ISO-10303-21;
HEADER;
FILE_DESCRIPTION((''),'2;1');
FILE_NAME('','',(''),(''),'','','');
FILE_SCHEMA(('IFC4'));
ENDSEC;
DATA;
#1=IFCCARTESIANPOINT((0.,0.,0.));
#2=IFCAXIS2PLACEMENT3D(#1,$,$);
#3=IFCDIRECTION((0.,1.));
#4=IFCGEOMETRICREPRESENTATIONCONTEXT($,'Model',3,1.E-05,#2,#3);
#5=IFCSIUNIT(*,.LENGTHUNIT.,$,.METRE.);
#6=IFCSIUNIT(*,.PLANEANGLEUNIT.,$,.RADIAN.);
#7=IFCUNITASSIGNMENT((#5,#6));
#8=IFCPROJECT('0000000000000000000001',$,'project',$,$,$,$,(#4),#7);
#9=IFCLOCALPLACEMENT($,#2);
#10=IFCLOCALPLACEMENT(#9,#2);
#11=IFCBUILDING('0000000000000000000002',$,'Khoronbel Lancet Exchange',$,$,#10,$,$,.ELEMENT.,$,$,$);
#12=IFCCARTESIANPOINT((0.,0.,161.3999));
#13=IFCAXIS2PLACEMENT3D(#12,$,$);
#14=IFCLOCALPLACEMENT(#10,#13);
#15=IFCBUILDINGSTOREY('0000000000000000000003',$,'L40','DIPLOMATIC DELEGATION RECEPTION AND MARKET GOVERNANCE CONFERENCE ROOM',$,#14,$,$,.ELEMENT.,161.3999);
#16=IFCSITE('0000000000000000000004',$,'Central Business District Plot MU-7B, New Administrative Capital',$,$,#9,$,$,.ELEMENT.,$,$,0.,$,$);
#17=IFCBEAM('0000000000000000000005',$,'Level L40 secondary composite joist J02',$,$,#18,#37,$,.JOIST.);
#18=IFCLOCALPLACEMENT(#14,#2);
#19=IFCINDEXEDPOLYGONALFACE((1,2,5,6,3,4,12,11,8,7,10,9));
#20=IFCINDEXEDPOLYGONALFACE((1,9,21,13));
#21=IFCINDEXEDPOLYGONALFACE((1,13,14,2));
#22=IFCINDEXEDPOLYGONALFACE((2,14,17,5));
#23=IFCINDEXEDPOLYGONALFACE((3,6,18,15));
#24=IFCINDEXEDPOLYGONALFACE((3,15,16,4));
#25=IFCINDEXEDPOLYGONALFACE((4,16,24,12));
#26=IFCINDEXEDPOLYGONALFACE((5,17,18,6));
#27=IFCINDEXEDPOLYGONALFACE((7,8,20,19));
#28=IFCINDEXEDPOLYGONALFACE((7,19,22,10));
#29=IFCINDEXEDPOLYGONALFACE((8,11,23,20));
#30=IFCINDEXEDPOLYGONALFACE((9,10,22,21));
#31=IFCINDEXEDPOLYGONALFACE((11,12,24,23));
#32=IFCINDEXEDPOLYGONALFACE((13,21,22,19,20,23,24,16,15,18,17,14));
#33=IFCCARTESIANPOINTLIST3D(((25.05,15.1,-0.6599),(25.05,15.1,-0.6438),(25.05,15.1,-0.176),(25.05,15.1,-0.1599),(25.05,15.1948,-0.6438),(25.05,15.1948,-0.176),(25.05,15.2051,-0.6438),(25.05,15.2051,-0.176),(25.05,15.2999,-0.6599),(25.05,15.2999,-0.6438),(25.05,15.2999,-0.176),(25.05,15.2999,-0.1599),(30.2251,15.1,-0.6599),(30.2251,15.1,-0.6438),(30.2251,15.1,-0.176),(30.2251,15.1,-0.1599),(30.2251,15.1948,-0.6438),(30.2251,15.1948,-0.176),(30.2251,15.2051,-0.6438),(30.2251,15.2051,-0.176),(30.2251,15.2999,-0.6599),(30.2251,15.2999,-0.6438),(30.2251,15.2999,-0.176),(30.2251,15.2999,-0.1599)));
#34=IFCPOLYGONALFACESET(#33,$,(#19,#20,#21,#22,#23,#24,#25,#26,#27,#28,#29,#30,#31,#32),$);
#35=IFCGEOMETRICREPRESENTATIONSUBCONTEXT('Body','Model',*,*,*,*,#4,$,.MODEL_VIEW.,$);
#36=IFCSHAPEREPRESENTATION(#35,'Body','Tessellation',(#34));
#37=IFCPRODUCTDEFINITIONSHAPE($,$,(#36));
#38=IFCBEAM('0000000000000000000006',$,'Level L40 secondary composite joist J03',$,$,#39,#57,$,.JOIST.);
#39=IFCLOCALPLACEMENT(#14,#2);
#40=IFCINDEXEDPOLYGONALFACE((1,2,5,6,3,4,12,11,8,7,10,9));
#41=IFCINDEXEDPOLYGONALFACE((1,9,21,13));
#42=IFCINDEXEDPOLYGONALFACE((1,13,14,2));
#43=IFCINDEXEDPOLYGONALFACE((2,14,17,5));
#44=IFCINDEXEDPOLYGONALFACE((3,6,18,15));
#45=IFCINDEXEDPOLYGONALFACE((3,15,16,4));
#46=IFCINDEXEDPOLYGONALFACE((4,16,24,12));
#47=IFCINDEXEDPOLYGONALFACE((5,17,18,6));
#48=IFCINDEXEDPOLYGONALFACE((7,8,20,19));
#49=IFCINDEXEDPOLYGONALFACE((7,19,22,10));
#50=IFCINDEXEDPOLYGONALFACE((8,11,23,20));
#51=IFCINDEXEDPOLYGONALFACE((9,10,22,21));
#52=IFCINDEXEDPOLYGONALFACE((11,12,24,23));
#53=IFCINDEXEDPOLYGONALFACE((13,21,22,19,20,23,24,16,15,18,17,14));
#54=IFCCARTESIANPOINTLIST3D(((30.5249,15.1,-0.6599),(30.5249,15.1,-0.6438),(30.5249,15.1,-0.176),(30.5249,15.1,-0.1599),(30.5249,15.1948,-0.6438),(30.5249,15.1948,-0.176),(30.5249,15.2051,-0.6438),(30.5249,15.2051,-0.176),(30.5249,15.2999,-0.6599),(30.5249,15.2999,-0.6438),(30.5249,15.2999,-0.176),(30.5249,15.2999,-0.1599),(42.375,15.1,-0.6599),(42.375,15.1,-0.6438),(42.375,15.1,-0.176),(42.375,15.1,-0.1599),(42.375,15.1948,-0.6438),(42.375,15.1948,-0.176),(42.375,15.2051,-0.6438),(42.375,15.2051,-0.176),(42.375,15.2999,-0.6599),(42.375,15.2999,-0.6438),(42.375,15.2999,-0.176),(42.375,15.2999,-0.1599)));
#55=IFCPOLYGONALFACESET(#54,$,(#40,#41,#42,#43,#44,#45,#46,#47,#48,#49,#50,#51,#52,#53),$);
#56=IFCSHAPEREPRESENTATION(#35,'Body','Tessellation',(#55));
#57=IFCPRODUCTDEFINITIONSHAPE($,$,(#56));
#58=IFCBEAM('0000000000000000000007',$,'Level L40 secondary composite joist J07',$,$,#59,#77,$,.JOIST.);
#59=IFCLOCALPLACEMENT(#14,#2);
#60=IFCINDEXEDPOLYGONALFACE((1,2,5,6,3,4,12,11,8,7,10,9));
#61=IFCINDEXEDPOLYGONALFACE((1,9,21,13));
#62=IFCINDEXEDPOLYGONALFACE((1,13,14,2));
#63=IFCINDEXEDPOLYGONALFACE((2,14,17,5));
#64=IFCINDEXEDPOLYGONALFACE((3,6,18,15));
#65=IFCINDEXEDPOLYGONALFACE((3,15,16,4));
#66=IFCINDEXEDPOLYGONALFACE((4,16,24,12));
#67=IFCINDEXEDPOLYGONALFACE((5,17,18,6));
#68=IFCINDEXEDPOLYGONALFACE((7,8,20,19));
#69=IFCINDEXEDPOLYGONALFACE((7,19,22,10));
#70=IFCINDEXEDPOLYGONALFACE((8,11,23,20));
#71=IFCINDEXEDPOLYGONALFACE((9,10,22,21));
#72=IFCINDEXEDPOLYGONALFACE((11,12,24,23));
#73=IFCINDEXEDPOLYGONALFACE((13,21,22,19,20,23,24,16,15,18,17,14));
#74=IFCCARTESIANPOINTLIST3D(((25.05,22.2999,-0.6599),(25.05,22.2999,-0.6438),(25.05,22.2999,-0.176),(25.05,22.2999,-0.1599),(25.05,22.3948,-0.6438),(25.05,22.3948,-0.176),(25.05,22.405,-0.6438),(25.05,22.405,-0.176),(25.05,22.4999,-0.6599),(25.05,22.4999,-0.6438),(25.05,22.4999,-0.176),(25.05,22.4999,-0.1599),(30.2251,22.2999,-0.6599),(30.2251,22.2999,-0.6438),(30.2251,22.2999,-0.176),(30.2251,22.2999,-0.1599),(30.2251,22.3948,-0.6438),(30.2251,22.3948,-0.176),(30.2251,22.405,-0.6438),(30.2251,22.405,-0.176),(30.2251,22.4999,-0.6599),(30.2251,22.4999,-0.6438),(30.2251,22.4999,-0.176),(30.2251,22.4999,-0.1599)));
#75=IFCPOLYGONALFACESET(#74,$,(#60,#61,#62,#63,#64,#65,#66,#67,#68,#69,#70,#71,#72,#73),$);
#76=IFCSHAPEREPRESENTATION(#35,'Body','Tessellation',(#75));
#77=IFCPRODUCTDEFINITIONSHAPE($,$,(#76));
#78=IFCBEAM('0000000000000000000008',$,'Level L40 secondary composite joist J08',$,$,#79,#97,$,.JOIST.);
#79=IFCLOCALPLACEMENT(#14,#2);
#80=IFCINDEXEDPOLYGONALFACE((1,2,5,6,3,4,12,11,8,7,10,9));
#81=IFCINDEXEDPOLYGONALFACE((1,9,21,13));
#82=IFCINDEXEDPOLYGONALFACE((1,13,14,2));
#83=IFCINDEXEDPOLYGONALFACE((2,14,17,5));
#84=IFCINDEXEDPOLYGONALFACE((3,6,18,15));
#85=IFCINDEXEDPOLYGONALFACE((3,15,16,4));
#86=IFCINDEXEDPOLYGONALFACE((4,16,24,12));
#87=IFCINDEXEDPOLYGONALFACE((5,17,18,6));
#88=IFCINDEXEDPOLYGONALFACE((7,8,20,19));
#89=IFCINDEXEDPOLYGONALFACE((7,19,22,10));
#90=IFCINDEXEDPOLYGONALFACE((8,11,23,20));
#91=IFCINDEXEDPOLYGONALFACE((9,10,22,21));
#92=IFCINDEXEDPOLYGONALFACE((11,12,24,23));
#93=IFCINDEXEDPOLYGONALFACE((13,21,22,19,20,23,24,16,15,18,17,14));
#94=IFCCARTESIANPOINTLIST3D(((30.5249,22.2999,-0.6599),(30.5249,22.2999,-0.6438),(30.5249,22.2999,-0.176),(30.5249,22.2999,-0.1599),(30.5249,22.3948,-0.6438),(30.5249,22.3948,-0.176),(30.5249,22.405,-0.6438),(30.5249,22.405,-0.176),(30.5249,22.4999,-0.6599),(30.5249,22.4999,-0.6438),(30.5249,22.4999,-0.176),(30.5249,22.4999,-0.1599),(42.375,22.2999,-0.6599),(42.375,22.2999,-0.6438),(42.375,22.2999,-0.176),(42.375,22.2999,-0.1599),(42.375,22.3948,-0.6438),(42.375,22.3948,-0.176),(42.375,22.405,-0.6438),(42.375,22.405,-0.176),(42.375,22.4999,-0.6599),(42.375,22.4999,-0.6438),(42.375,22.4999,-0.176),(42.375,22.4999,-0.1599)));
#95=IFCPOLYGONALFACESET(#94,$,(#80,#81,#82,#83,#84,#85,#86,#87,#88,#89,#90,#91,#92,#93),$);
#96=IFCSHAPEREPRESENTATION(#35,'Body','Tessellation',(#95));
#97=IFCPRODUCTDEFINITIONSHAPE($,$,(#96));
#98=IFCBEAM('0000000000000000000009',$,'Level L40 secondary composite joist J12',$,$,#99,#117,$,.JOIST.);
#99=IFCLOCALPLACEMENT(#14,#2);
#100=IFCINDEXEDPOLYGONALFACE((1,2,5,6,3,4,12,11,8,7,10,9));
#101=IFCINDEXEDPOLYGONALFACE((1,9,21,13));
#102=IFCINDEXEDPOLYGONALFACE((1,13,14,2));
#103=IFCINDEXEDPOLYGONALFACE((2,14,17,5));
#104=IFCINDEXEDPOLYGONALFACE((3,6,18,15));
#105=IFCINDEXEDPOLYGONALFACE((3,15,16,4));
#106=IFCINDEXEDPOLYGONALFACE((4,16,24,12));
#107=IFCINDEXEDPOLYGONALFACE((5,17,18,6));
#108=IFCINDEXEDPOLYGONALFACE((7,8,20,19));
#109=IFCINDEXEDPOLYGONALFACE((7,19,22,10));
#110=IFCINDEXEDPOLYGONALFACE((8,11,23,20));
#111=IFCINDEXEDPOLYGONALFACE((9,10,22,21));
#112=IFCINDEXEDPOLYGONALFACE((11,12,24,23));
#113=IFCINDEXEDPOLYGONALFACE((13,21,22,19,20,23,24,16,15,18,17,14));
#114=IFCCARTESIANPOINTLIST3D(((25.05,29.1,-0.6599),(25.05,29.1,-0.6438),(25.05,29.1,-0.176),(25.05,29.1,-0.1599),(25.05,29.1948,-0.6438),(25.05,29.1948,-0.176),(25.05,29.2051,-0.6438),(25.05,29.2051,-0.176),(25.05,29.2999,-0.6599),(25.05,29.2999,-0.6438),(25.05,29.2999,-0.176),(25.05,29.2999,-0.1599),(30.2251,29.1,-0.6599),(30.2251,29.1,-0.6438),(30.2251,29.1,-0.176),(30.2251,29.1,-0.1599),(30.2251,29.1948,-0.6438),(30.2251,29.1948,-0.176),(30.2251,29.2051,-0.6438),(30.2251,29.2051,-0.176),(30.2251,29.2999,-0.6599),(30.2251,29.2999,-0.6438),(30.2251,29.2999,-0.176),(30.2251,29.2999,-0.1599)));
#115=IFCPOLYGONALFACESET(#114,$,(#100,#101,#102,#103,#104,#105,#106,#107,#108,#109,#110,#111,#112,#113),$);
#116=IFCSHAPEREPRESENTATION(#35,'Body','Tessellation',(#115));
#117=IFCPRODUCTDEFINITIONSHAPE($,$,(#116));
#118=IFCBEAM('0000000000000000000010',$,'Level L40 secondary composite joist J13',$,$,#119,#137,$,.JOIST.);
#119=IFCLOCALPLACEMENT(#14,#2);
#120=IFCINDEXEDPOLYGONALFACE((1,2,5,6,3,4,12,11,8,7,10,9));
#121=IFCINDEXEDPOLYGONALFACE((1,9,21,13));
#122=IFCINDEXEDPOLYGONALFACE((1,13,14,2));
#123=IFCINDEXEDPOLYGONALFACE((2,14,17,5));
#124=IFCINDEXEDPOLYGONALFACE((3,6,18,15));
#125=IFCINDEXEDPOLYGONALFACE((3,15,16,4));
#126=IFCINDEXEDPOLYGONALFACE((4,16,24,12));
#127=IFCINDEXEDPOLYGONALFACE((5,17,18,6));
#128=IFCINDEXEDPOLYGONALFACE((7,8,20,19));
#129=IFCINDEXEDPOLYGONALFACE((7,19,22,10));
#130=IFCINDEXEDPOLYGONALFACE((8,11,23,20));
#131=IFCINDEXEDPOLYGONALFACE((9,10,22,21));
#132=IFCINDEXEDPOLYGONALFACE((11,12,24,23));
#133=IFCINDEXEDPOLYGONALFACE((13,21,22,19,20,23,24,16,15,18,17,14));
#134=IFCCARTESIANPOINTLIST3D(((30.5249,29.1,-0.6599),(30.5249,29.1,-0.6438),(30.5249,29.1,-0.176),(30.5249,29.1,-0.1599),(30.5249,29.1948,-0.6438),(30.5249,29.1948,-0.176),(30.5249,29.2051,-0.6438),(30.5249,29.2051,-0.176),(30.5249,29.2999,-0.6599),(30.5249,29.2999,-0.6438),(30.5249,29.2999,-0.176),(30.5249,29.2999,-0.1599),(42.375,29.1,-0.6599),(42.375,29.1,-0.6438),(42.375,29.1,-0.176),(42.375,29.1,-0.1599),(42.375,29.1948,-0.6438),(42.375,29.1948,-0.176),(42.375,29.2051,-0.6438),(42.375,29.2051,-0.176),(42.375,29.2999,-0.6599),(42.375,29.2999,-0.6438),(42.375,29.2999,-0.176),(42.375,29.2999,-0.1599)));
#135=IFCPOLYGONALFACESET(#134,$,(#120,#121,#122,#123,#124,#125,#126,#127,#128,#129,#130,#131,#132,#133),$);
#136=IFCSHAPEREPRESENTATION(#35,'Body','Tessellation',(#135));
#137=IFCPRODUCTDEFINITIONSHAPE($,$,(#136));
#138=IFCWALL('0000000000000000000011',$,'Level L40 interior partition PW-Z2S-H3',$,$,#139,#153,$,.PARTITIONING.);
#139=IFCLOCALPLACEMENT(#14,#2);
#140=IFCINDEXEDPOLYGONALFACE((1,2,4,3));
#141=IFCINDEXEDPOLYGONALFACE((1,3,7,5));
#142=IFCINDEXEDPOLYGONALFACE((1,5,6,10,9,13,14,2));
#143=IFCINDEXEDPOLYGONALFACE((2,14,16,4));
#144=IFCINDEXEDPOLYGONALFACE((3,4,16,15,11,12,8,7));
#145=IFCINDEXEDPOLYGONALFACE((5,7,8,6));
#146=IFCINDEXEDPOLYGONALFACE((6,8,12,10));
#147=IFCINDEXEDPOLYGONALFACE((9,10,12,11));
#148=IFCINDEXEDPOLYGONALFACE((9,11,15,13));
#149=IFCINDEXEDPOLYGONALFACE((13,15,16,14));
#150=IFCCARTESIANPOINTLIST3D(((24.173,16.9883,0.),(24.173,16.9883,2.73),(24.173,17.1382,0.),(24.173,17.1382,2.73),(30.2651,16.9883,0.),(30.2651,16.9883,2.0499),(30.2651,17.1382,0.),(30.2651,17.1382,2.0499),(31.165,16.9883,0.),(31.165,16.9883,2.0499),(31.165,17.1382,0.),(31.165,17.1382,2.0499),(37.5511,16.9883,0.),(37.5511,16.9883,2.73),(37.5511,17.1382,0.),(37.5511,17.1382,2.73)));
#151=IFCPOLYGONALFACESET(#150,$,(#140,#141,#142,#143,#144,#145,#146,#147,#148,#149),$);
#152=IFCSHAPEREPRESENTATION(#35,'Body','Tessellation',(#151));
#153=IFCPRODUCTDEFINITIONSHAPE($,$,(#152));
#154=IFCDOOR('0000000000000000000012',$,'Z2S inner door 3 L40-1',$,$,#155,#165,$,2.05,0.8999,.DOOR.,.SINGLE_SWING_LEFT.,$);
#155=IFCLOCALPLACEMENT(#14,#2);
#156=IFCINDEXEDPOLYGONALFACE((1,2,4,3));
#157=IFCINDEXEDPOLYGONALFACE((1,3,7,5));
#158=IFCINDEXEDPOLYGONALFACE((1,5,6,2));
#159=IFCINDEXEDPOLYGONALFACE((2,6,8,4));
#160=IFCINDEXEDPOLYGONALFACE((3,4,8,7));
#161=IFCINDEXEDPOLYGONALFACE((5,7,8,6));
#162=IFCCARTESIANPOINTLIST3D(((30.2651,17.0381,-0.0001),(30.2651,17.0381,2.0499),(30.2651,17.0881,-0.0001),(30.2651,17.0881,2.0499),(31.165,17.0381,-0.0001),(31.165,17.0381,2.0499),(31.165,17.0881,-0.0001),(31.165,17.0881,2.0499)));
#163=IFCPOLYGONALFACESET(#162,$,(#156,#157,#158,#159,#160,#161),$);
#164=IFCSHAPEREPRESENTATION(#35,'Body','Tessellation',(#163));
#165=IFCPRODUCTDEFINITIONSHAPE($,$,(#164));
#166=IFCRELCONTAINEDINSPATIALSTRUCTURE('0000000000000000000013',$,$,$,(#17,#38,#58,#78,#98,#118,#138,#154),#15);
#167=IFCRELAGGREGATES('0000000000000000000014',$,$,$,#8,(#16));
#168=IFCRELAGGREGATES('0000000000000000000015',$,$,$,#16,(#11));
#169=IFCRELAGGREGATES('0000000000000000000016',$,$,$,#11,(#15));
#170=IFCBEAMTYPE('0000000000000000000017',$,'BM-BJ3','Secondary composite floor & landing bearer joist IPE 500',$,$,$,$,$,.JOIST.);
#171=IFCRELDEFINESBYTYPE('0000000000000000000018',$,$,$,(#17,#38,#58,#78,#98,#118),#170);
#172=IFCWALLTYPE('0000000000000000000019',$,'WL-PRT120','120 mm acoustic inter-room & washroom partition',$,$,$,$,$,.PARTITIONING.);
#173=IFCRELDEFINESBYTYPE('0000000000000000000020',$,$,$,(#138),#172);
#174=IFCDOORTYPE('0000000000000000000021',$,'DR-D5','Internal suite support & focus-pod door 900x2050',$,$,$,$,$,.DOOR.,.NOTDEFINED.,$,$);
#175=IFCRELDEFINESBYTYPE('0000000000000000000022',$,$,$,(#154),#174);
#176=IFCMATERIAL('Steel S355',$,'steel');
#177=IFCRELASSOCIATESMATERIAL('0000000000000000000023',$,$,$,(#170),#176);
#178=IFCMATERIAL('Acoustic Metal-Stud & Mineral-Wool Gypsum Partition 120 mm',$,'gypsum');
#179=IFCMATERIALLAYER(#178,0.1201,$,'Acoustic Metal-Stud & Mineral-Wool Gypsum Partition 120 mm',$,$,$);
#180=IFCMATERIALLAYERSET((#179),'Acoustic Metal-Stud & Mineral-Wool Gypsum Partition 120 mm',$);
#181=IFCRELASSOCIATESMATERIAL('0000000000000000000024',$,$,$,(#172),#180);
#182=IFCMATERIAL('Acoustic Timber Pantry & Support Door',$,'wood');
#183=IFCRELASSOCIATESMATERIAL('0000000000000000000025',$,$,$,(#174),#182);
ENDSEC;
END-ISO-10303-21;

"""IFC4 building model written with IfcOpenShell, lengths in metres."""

from ifc_helpers import new_model, si_unit, direction, frame, frame_2d, origin, origin_2d, place, context, subcontext, project, spatial, rectangle, i_section, extrude, material, layer, layer_set, material_profile, profile_set, type_object, element, fill, save


model = new_model("IFC4")

# Units and contexts
model_context = context("Model", 3, precision=1e-05, world=origin(), true_north=direction((0.0, 1.0)))
body_context = subcontext(model_context, "Body", "Model", "MODEL_VIEW")
ifc_project = project(units=[si_unit("LENGTHUNIT", "METRE"), si_unit("PLANEANGLEUNIT", "RADIAN")], contexts=[model_context])

# Site, building, storey
site_placement = place(None, origin())
site = spatial("IfcSite", under=ifc_project, at=site_placement, Name="Central Business District Plot MU-7B, New Administrative Capital", CompositionType="ELEMENT", RefElevation=0.0)
building_placement = place(site_placement, origin())
building = spatial("IfcBuilding", under=site, at=building_placement, Name="Khoronbel Lancet Exchange", CompositionType="ELEMENT")
storey_placement = place(building_placement, frame((0.0, 0.0, 161.3999)))
storey = spatial("IfcBuildingStorey", under=building, at=storey_placement, Name="L40", Description="DIPLOMATIC DELEGATION RECEPTION AND MARKET GOVERNANCE CONFERENCE ROOM", CompositionType="ELEMENT", Elevation=161.3999)

# Beams
ifc_material_1 = material(Name="Steel S355", Category="steel")
ifc_material_profile = material_profile(ifc_material_1, i_section(OverallWidth=0.2, OverallDepth=0.5, WebThickness=0.0103, FlangeThickness=0.0161, at=origin_2d()), Name="IPE 500")
ifc_profile_set = profile_set([ifc_material_profile], Name="Steel S355")
beam_type = type_object("IfcBeamType", Name="BM-BJ3", Description="Secondary composite floor & landing bearer joist IPE 500", PredefinedType="JOIST", material=ifc_profile_set)
beam_1_placement = place(storey_placement, frame((25.05, 15.2, -0.4099), z_axis=(1.0, 0.0, 0.0), x_axis=(0.0, 1.0, 0.0)))
element("IfcBeam", 1, at=beam_1_placement, inside=storey, type_object=beam_type, Name="Level L40 secondary composite joist J02", PredefinedType="JOIST", context=body_context, shape_type="SweptSolid", body=[
    extrude(i_section(OverallWidth=0.2, OverallDepth=0.5, WebThickness=0.0103, FlangeThickness=0.0161, at=origin_2d()), origin(), (0.0, 0.0, 1.0), 5.175),
])
beam_2_placement = place(storey_placement, frame((30.5249, 15.2, -0.4099), z_axis=(1.0, 0.0, 0.0), x_axis=(0.0, 1.0, 0.0)))
element("IfcBeam", 2, at=beam_2_placement, inside=storey, type_object=beam_type, Name="Level L40 secondary composite joist J03", PredefinedType="JOIST", context=body_context, shape_type="SweptSolid", body=[
    extrude(i_section(OverallWidth=0.2, OverallDepth=0.5, WebThickness=0.0103, FlangeThickness=0.0161, at=origin_2d()), origin(), (0.0, 0.0, 1.0), 11.8501),
])
beam_3_placement = place(storey_placement, frame((25.05, 22.3999, -0.4099), z_axis=(1.0, 0.0, 0.0), x_axis=(0.0, 1.0, 0.0)))
element("IfcBeam", 3, at=beam_3_placement, inside=storey, type_object=beam_type, Name="Level L40 secondary composite joist J07", PredefinedType="JOIST", context=body_context, shape_type="SweptSolid", body=[
    extrude(i_section(OverallWidth=0.2, OverallDepth=0.5, WebThickness=0.0103, FlangeThickness=0.0161, at=origin_2d()), origin(), (0.0, 0.0, 1.0), 5.175),
])
beam_4_placement = place(storey_placement, frame((30.5249, 22.3999, -0.4099), z_axis=(1.0, 0.0, 0.0), x_axis=(0.0, 1.0, 0.0)))
element("IfcBeam", 4, at=beam_4_placement, inside=storey, type_object=beam_type, Name="Level L40 secondary composite joist J08", PredefinedType="JOIST", context=body_context, shape_type="SweptSolid", body=[
    extrude(i_section(OverallWidth=0.2, OverallDepth=0.5, WebThickness=0.0103, FlangeThickness=0.0161, at=origin_2d()), origin(), (0.0, 0.0, 1.0), 11.8501),
])
beam_5_placement = place(storey_placement, frame((25.05, 29.2, -0.4099), z_axis=(1.0, 0.0, 0.0), x_axis=(0.0, 1.0, 0.0)))
element("IfcBeam", 5, at=beam_5_placement, inside=storey, type_object=beam_type, Name="Level L40 secondary composite joist J12", PredefinedType="JOIST", context=body_context, shape_type="SweptSolid", body=[
    extrude(i_section(OverallWidth=0.2, OverallDepth=0.5, WebThickness=0.0103, FlangeThickness=0.0161, at=origin_2d()), origin(), (0.0, 0.0, 1.0), 5.175),
])
beam_6_placement = place(storey_placement, frame((30.5249, 29.2, -0.4099), z_axis=(1.0, 0.0, 0.0), x_axis=(0.0, 1.0, 0.0)))
element("IfcBeam", 6, at=beam_6_placement, inside=storey, type_object=beam_type, Name="Level L40 secondary composite joist J13", PredefinedType="JOIST", context=body_context, shape_type="SweptSolid", body=[
    extrude(i_section(OverallWidth=0.2, OverallDepth=0.5, WebThickness=0.0103, FlangeThickness=0.0161, at=origin_2d()), origin(), (0.0, 0.0, 1.0), 11.8501),
])

# Wall, opening, door
ifc_material_2 = material(Name="Acoustic Metal-Stud & Mineral-Wool Gypsum Partition 120 mm", Category="gypsum")
ifc_layer_1 = layer(ifc_material_2, 0.1201, Name="Acoustic Metal-Stud & Mineral-Wool Gypsum Partition 120 mm")
ifc_layer_set_1 = layer_set([ifc_layer_1], Name="Acoustic Metal-Stud & Mineral-Wool Gypsum Partition 120 mm")
wall_type_1 = type_object("IfcWallType", Name="WL-PRT120", Description="120 mm acoustic inter-room & washroom partition", PredefinedType="PARTITIONING", material=ifc_layer_set_1)
wall_1_placement = place(storey_placement, frame((24.1731, 17.0632, 0.0), z_axis=(0.0, 0.0, 1.0), x_axis=(1.0, 0.0, 0.0)))
wall_1 = element("IfcWall", 7, at=wall_1_placement, inside=storey, type_object=wall_type_1, Name="Level L40 interior partition PW-Z2S-H3", PredefinedType="PARTITIONING", context=body_context, shape_type="SweptSolid", body=[
    extrude(rectangle(XDim=13.3782, YDim=0.1499, at=frame_2d((6.689, 0.0))), origin(), (0.0, 0.0, 1.0), 2.73),
])
opening_1_placement = place(wall_1_placement, frame((6.092, 0.0, 0.0)))
opening_1 = element("IfcOpeningElement", 8, at=opening_1_placement, cuts=wall_1, PredefinedType="OPENING", context=body_context, shape_type="SweptSolid", body=[
    extrude(rectangle(XDim=0.8999, YDim=2.05, at=frame_2d((0.45, 1.0249))), frame((0.0, 0.085, 0.0), z_axis=(0.0, -1.0, 0.0), x_axis=(1.0, 0.0, 0.0)), (0.0, 0.0, 1.0), 0.1699),
])
ifc_material_3 = material(Name="Acoustic Timber Pantry & Support Door", Category="wood")
door_type_1 = type_object("IfcDoorType", Name="DR-D5", Description="Internal suite support & focus-pod door 900x2050", OperationType="NOTDEFINED", PredefinedType="DOOR", material=ifc_material_3)
door_1_placement = place(opening_1_placement, origin())
door_1 = element("IfcDoor", 9, at=door_1_placement, inside=storey, type_object=door_type_1, Name="Z2S inner door 3 L40-1", OperationType="SINGLE_SWING_LEFT", OverallHeight=2.05, OverallWidth=0.8999, PredefinedType="DOOR", context=body_context, shape_type="SweptSolid", body=[
    extrude(rectangle(XDim=0.8999, YDim=2.05, at=frame_2d((0.45, 1.0249))), frame((0.0, 0.0249, 0.0), z_axis=(0.0, -1.0, 0.0), x_axis=(1.0, 0.0, 0.0)), (0.0, 0.0, 1.0), 0.05),
])
fill(opening_1, door_1)

save(model, "model.ifc")
